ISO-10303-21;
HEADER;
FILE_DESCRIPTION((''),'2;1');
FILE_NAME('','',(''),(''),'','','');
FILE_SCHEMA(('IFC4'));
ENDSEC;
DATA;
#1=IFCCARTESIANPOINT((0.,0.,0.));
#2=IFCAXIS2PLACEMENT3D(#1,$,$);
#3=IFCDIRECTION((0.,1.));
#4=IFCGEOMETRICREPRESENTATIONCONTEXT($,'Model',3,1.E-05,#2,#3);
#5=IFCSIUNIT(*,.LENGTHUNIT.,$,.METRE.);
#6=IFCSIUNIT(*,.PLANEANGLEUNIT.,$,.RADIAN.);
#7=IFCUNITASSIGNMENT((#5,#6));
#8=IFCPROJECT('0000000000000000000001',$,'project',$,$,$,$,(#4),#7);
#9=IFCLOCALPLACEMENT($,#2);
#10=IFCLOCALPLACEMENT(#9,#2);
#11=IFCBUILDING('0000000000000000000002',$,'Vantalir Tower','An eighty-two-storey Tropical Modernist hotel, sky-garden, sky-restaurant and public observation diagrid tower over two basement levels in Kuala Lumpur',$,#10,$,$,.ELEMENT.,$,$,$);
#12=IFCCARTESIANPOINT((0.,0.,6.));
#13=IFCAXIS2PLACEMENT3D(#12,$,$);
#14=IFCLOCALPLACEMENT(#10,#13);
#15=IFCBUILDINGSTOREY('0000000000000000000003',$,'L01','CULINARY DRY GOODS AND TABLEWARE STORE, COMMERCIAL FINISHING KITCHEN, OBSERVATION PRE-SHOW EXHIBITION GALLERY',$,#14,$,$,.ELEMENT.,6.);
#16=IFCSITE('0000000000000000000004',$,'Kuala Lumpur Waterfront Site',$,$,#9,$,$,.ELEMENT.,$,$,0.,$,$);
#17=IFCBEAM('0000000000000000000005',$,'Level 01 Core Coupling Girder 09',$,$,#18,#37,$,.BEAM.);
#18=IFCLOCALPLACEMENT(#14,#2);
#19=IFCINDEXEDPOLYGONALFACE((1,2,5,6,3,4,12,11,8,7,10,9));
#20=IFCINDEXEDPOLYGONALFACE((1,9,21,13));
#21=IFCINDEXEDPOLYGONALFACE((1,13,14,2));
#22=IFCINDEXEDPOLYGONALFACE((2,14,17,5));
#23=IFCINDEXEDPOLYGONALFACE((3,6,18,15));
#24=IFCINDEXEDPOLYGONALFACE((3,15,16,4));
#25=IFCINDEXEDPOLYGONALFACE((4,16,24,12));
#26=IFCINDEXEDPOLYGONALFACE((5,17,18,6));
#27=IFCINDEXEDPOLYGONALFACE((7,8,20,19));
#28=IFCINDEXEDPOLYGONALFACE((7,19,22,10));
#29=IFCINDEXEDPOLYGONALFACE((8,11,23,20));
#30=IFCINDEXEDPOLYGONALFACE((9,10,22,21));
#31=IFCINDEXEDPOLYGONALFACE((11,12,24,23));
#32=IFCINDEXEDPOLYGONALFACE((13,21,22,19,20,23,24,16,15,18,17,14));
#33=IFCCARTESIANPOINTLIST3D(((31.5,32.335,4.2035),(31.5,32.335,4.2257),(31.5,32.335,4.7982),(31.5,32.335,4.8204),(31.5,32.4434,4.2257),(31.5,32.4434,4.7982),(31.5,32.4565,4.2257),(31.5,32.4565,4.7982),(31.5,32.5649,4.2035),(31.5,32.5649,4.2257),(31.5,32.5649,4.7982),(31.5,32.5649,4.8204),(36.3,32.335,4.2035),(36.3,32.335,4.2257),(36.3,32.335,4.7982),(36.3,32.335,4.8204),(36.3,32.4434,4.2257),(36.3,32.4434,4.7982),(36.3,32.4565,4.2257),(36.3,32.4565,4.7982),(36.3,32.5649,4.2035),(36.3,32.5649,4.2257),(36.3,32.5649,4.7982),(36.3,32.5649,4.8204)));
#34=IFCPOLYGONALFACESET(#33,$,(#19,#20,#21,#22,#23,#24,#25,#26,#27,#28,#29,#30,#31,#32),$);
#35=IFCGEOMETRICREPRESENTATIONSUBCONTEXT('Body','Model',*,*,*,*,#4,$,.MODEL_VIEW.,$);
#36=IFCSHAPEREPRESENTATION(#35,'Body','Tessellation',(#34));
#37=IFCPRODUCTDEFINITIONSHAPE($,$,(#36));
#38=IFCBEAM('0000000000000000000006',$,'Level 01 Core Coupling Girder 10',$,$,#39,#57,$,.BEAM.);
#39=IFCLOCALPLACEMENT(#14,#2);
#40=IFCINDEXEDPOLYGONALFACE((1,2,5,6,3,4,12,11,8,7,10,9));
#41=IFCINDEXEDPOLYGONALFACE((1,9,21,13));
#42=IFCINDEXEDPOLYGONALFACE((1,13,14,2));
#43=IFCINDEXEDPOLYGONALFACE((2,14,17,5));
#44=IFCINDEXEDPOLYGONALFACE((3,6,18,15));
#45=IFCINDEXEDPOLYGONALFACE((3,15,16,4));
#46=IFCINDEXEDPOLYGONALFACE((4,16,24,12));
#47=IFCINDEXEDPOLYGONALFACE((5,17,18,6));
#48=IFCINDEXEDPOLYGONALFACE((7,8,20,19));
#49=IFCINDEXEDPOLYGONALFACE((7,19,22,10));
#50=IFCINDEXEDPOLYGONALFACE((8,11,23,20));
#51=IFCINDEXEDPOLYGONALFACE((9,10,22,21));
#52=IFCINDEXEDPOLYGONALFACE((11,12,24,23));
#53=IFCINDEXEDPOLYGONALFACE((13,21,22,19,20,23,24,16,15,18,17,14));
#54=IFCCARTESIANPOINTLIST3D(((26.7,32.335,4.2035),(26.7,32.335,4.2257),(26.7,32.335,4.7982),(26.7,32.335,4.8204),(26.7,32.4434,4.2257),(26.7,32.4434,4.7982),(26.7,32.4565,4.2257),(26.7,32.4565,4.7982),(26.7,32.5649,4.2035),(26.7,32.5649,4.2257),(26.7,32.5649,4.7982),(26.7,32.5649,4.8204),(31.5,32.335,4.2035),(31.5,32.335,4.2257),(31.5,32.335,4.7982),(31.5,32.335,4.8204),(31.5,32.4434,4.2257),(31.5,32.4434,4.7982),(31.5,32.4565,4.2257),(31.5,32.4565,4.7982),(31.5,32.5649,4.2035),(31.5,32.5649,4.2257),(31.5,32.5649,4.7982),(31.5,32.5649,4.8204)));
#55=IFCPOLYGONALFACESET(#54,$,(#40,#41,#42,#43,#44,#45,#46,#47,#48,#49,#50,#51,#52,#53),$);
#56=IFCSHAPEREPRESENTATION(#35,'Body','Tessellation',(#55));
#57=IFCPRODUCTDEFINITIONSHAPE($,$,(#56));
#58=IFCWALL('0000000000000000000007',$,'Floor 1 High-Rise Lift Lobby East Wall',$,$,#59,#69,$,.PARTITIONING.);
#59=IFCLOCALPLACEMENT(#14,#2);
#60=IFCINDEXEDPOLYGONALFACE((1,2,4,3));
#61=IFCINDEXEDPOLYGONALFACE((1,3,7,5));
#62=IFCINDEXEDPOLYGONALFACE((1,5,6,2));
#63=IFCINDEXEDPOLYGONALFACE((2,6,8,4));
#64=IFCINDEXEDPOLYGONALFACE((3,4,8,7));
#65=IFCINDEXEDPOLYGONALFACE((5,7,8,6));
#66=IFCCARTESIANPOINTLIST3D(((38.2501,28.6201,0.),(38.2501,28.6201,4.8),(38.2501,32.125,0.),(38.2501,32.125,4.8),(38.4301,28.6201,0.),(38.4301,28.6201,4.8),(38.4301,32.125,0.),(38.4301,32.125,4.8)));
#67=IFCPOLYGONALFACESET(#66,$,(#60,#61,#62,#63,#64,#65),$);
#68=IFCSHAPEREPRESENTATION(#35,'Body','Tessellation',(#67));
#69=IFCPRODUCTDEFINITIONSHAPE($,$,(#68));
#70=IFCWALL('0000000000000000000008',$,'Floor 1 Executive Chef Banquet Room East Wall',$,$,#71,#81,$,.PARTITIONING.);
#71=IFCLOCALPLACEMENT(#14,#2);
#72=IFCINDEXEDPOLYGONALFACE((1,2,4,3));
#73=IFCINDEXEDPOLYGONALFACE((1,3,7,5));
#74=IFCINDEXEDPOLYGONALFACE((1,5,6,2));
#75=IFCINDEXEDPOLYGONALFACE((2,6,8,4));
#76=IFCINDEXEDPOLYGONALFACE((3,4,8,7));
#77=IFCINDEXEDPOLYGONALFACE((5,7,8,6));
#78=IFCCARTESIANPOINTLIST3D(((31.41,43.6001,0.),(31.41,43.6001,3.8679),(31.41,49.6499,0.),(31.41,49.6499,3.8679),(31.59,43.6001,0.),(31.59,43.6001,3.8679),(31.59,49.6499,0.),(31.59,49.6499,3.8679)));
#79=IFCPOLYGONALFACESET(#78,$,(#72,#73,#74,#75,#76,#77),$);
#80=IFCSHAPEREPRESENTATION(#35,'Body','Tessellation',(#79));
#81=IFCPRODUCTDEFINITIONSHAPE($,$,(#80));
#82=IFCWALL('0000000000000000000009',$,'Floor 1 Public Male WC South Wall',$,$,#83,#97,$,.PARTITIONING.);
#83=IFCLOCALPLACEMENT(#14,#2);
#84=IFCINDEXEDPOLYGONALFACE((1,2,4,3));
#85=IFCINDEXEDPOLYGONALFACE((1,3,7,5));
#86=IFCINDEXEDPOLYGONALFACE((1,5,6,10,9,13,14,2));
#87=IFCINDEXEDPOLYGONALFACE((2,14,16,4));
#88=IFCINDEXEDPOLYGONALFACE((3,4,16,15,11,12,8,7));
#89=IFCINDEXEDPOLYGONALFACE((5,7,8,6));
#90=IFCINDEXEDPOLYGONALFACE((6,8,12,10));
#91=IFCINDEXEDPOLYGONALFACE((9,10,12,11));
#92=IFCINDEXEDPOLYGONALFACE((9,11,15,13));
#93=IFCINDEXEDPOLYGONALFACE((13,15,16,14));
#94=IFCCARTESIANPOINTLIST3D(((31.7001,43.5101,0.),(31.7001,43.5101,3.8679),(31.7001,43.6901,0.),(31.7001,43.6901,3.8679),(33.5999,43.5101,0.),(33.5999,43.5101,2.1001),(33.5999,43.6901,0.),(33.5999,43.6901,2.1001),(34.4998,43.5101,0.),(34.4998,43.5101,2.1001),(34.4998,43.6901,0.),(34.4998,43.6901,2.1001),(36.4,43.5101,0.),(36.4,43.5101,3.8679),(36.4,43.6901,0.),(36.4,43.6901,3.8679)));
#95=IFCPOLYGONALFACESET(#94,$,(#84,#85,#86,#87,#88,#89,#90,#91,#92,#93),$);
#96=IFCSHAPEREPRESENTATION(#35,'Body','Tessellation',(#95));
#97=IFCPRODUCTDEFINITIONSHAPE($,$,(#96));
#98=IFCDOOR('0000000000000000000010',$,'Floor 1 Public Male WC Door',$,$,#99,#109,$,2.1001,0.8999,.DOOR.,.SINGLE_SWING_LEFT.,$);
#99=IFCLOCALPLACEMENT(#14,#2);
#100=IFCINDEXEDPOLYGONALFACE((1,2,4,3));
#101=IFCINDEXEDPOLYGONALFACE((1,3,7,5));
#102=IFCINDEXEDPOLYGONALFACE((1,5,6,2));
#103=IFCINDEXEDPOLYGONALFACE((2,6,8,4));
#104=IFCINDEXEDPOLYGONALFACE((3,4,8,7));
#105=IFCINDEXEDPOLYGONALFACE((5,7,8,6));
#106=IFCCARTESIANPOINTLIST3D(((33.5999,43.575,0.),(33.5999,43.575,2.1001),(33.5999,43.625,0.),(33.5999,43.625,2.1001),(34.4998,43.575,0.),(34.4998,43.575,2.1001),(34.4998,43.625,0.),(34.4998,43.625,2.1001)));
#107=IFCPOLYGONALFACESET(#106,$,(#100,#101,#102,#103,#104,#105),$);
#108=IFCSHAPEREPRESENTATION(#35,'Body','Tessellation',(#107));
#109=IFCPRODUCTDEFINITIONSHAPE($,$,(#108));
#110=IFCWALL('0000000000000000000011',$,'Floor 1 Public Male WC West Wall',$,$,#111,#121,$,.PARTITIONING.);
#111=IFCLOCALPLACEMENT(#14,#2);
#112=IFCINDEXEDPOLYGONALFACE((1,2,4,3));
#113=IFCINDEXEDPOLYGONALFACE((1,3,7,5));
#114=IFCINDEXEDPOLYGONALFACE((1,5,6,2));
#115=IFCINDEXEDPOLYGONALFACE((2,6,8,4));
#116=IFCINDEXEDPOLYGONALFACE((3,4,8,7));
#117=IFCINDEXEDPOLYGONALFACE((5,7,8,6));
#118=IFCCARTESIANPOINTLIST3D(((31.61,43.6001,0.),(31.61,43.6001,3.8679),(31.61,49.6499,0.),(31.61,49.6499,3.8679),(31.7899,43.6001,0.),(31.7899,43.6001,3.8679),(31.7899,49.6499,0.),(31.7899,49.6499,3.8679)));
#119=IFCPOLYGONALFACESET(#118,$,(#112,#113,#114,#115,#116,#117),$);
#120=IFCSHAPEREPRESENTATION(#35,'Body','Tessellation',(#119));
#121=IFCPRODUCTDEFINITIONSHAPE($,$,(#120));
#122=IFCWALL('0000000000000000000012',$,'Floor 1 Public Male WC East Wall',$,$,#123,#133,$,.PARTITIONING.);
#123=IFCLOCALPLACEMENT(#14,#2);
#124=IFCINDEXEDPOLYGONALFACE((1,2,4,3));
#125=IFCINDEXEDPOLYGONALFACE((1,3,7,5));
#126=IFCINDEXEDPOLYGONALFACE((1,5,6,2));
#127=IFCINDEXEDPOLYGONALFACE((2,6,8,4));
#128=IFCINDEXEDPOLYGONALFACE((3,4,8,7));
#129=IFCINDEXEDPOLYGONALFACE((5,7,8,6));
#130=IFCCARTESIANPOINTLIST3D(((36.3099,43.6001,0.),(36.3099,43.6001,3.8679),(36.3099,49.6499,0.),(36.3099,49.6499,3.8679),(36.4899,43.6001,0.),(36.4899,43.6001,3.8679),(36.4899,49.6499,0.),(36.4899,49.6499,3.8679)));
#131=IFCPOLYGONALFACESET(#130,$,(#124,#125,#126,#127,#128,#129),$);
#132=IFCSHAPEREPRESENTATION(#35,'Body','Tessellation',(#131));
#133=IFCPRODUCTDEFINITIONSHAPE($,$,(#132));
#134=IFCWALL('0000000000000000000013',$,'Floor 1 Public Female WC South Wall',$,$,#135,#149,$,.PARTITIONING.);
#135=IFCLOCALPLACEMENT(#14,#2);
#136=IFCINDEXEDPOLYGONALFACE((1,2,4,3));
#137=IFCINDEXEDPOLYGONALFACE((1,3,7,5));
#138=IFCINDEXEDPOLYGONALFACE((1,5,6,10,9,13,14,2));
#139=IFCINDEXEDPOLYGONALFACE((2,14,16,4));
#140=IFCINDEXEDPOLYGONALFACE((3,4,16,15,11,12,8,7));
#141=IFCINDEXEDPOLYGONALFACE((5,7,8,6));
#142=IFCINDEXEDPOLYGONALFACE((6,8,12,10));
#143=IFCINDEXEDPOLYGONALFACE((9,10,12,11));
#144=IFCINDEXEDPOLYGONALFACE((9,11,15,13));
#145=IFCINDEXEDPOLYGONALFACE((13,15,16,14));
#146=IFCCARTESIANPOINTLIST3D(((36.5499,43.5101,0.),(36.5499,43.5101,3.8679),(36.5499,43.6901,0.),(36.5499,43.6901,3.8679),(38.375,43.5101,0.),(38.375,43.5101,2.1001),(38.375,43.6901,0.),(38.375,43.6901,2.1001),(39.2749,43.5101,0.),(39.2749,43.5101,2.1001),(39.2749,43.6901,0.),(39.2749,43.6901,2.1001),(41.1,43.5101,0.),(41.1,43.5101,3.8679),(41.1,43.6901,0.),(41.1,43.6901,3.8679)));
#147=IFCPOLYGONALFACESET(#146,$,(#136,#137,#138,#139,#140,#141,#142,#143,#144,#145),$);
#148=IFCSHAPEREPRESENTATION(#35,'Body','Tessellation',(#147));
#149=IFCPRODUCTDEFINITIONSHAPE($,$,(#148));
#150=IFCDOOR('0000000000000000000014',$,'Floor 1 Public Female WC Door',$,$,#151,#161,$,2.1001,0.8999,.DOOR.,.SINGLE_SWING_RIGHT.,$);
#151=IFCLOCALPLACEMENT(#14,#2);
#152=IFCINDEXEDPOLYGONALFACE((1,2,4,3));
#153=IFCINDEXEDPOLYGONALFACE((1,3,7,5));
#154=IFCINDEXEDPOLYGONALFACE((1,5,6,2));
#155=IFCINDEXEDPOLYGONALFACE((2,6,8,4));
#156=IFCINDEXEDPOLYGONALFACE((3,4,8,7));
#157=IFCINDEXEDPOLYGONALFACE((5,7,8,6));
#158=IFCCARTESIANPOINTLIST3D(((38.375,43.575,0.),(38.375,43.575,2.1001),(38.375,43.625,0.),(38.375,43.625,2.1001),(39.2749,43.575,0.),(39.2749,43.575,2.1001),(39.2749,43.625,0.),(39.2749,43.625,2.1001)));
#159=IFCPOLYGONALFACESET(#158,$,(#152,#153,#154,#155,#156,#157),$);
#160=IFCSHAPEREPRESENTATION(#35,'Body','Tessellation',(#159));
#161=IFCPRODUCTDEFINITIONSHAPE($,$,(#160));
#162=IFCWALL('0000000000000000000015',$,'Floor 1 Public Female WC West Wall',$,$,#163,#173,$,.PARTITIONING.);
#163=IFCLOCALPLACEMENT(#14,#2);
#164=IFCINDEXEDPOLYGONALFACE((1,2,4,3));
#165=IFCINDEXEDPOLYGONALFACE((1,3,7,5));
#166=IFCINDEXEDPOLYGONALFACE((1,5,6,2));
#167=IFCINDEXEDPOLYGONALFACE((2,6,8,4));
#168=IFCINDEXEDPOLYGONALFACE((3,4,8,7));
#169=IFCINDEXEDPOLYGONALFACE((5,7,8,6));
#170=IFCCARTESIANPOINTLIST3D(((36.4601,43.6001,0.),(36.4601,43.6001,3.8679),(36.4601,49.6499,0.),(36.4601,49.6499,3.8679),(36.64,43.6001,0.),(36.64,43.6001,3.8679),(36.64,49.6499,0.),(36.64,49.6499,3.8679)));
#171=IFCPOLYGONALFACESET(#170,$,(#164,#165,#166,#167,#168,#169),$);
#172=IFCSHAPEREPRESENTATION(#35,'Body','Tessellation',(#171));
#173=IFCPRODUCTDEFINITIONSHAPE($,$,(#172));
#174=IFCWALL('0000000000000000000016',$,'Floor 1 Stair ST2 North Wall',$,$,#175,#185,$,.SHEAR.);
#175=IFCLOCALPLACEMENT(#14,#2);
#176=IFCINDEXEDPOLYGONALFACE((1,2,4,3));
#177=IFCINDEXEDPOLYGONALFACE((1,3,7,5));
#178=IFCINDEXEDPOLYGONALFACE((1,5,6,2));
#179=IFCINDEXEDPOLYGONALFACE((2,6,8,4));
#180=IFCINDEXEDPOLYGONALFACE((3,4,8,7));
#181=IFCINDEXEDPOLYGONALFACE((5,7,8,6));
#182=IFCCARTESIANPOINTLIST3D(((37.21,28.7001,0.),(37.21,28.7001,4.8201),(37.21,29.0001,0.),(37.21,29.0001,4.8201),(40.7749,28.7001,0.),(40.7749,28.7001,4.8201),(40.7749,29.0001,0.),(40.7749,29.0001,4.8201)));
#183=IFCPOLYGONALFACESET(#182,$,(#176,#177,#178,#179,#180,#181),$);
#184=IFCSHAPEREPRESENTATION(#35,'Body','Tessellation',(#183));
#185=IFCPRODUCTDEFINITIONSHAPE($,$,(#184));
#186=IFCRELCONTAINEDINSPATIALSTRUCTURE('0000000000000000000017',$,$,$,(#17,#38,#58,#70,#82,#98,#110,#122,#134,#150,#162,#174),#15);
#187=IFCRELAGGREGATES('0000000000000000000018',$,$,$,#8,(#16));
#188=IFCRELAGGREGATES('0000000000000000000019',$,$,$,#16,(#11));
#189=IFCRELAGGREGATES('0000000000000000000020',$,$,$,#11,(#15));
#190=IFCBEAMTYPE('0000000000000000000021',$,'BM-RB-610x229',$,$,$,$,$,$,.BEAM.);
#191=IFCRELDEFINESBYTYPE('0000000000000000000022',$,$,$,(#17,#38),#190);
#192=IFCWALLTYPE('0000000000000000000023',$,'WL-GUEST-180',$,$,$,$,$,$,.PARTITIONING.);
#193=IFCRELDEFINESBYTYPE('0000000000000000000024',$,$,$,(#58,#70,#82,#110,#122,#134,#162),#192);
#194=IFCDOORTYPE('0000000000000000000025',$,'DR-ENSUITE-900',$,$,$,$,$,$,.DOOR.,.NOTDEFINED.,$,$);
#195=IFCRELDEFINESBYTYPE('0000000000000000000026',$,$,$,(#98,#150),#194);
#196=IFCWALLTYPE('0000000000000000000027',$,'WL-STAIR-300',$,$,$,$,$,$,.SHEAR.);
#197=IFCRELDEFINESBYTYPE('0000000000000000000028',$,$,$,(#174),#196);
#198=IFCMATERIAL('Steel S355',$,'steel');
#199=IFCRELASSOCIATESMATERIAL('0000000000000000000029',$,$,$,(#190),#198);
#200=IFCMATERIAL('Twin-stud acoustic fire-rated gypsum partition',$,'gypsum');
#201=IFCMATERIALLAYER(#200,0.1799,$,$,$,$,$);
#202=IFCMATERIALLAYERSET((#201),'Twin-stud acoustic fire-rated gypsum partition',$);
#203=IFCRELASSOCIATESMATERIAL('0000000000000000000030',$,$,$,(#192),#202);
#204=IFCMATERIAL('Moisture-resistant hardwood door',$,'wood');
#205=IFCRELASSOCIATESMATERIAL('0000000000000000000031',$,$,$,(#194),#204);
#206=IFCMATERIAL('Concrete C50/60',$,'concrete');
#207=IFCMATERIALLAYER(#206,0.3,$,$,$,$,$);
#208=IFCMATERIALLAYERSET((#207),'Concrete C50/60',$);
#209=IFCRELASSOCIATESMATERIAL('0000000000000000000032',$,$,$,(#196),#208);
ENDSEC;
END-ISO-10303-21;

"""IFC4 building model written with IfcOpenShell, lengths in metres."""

from ifc_helpers import new_model, si_unit, direction, frame, frame_2d, origin, origin_2d, place, context, subcontext, project, spatial, rectangle, i_section, extrude, material, layer, layer_set, material_profile, profile_set, type_object, element, fill, save


model = new_model("IFC4")

# Units and contexts
model_context = context("Model", 3, precision=1e-05, world=origin(), true_north=direction((0.0, 1.0)))
body_context = subcontext(model_context, "Body", "Model", "MODEL_VIEW")
ifc_project = project(units=[si_unit("LENGTHUNIT", "METRE"), si_unit("PLANEANGLEUNIT", "RADIAN")], contexts=[model_context])

# Site, building, storey
site_placement = place(None, origin())
site = spatial("IfcSite", under=ifc_project, at=site_placement, Name="Kuala Lumpur Waterfront Site", CompositionType="ELEMENT", RefElevation=0.0)
building_placement = place(site_placement, origin())
building = spatial("IfcBuilding", under=site, at=building_placement, Name="Vantalir Tower", Description="An eighty-two-storey Tropical Modernist hotel, sky-garden, sky-restaurant and public observation diagrid tower over two basement levels in Kuala Lumpur", CompositionType="ELEMENT")
storey_placement = place(building_placement, frame((0.0, 0.0, 6.0)))
storey = spatial("IfcBuildingStorey", under=building, at=storey_placement, Name="L01", Description="CULINARY DRY GOODS AND TABLEWARE STORE, COMMERCIAL FINISHING KITCHEN, OBSERVATION PRE-SHOW EXHIBITION GALLERY", CompositionType="ELEMENT", Elevation=6.0)

# Beams
ifc_material_1 = material(Name="Steel S355", Category="steel")
ifc_material_profile_1 = material_profile(ifc_material_1, i_section(OverallWidth=0.23, OverallDepth=0.6169, WebThickness=0.0132, FlangeThickness=0.0222, at=origin_2d()), Name="Steel S355")
ifc_profile_set_1 = profile_set([ifc_material_profile_1], Name="Steel S355")
beam_type_1 = type_object("IfcBeamType", Name="BM-RB-610x229", PredefinedType="BEAM", material=ifc_profile_set_1)
for number, where, z_axis, x_axis, name in (
    (1, (36.3, 32.45, 4.512), (-1.0, 0.0, 0.0), (0.0, -1.0, 0.0), "Level 01 Core Coupling Girder 09"),
    (2, (31.5, 32.45, 4.512), (-1.0, 0.0, 0.0), (0.0, -1.0, 0.0), "Level 01 Core Coupling Girder 10"),
):
    element("IfcBeam", number, at=place(storey_placement, frame(where, z_axis=z_axis, x_axis=x_axis)), inside=storey, type_object=beam_type_1, Name=name, PredefinedType="BEAM", context=body_context, shape_type="SweptSolid", body=[
        extrude(i_section(OverallWidth=0.23, OverallDepth=0.6169, WebThickness=0.0132, FlangeThickness=0.0222, at=origin_2d()), origin(), (0.0, 0.0, 1.0), 4.8),
    ])

# Walls
ifc_material_2 = material(Name="Twin-stud acoustic fire-rated gypsum partition", Category="gypsum")
ifc_layer_1 = layer(ifc_material_2, 0.1799)
ifc_layer_set_1 = layer_set([ifc_layer_1], Name="Twin-stud acoustic fire-rated gypsum partition")
wall_type_1 = type_object("IfcWallType", Name="WL-GUEST-180", PredefinedType="PARTITIONING", material=ifc_layer_set_1)
wall_1_placement = place(storey_placement, frame((38.3401, 28.6201, 0.0), z_axis=(0.0, 0.0, 1.0), x_axis=(0.0, 1.0, 0.0)))
element("IfcWall", 3, at=wall_1_placement, inside=storey, type_object=wall_type_1, Name="Floor 1 High-Rise Lift Lobby East Wall", PredefinedType="PARTITIONING", context=body_context, shape_type="SweptSolid", body=[
    extrude(rectangle(XDim=3.5049, YDim=0.1799, at=frame_2d((1.7524, 0.0))), origin(), (0.0, 0.0, 1.0), 4.8),
])
wall_2_placement = place(storey_placement, frame((31.5, 43.6001, 0.0), z_axis=(0.0, 0.0, 1.0), x_axis=(0.0, 1.0, 0.0)))
element("IfcWall", 4, at=wall_2_placement, inside=storey, type_object=wall_type_1, Name="Floor 1 Executive Chef Banquet Room East Wall", PredefinedType="PARTITIONING", context=body_context, shape_type="SweptSolid", body=[
    extrude(rectangle(XDim=6.0498, YDim=0.1799, at=frame_2d((3.0249, 0.0))), origin(), (0.0, 0.0, 1.0), 3.8679),
])

# Wall, opening, door
wall_3_placement = place(storey_placement, frame((31.7, 43.6001, 0.0), z_axis=(0.0, 0.0, 1.0), x_axis=(1.0, 0.0, 0.0)))
wall_3 = element("IfcWall", 5, at=wall_3_placement, inside=storey, type_object=wall_type_1, Name="Floor 1 Public Male WC South Wall", PredefinedType="PARTITIONING", context=body_context, shape_type="SweptSolid", body=[
    extrude(rectangle(XDim=4.7, YDim=0.1799, at=frame_2d((2.3501, 0.0))), origin(), (0.0, 0.0, 1.0), 3.8679),
])
opening_1_placement = place(wall_3_placement, frame((1.8999, 0.0, 0.0)))
opening_1 = element("IfcOpeningElement", 6, at=opening_1_placement, cuts=wall_3, PredefinedType="OPENING", context=body_context, shape_type="SweptSolid", body=[
    extrude(rectangle(XDim=0.8999, YDim=2.1001, at=frame_2d((0.45, 1.05))), frame((0.0, 0.0999, 0.0), z_axis=(0.0, -1.0, 0.0), x_axis=(1.0, 0.0, 0.0)), (0.0, 0.0, 1.0), 0.2),
])
ifc_material_3 = material(Name="Moisture-resistant hardwood door", Category="wood")
door_type = type_object("IfcDoorType", Name="DR-ENSUITE-900", OperationType="NOTDEFINED", PredefinedType="DOOR", material=ifc_material_3)
door_1_placement = place(opening_1_placement, origin())
door_1 = element("IfcDoor", 7, at=door_1_placement, inside=storey, type_object=door_type, Name="Floor 1 Public Male WC Door", OperationType="SINGLE_SWING_LEFT", OverallHeight=2.1001, OverallWidth=0.8999, PredefinedType="DOOR", context=body_context, shape_type="SweptSolid", body=[
    extrude(rectangle(XDim=0.8999, YDim=2.1001, at=frame_2d((0.45, 1.05))), frame((0.0, 0.0249, 0.0), z_axis=(0.0, -1.0, 0.0), x_axis=(1.0, 0.0, 0.0)), (0.0, 0.0, 1.0), 0.05),
])
fill(opening_1, door_1)

# Walls
for number, where, z_axis, x_axis, name in (
    (8, (31.7, 43.6001, 0.0), (0.0, 0.0, 1.0), (0.0, 1.0, 0.0), "Floor 1 Public Male WC West Wall"),
    (9, (36.3999, 43.6001, 0.0), (0.0, 0.0, 1.0), (0.0, 1.0, 0.0), "Floor 1 Public Male WC East Wall"),
):
    element("IfcWall", number, at=place(storey_placement, frame(where, z_axis=z_axis, x_axis=x_axis)), inside=storey, type_object=wall_type_1, Name=name, PredefinedType="PARTITIONING", context=body_context, shape_type="SweptSolid", body=[
        extrude(rectangle(XDim=6.0498, YDim=0.1799, at=frame_2d((3.0249, 0.0))), origin(), (0.0, 0.0, 1.0), 3.8679),
    ])

# Wall, opening, door
wall_4_placement = place(storey_placement, frame((36.55, 43.6001, 0.0), z_axis=(0.0, 0.0, 1.0), x_axis=(1.0, 0.0, 0.0)))
wall_4 = element("IfcWall", 10, at=wall_4_placement, inside=storey, type_object=wall_type_1, Name="Floor 1 Public Female WC South Wall", PredefinedType="PARTITIONING", context=body_context, shape_type="SweptSolid", body=[
    extrude(rectangle(XDim=4.55, YDim=0.1799, at=frame_2d((2.2749, 0.0))), origin(), (0.0, 0.0, 1.0), 3.8679),
])
opening_2_placement = place(wall_4_placement, frame((1.825, 0.0, 0.0)))
opening_2 = element("IfcOpeningElement", 11, at=opening_2_placement, cuts=wall_4, PredefinedType="OPENING", context=body_context, shape_type="SweptSolid", body=[
    extrude(rectangle(XDim=0.8999, YDim=2.1001, at=frame_2d((0.45, 1.05))), frame((0.0, 0.0999, 0.0), z_axis=(0.0, -1.0, 0.0), x_axis=(1.0, 0.0, 0.0)), (0.0, 0.0, 1.0), 0.2),
])
door_2_placement = place(opening_2_placement, origin())
door_2 = element("IfcDoor", 12, at=door_2_placement, inside=storey, type_object=door_type, Name="Floor 1 Public Female WC Door", OperationType="SINGLE_SWING_RIGHT", OverallHeight=2.1001, OverallWidth=0.8999, PredefinedType="DOOR", context=body_context, shape_type="SweptSolid", body=[
    extrude(rectangle(XDim=0.8999, YDim=2.1001, at=frame_2d((0.45, 1.05))), frame((0.0, 0.0249, 0.0), z_axis=(0.0, -1.0, 0.0), x_axis=(1.0, 0.0, 0.0)), (0.0, 0.0, 1.0), 0.05),
])
fill(opening_2, door_2)

# Walls
wall_5_placement = place(storey_placement, frame((36.55, 43.6001, 0.0), z_axis=(0.0, 0.0, 1.0), x_axis=(0.0, 1.0, 0.0)))
element("IfcWall", 13, at=wall_5_placement, inside=storey, type_object=wall_type_1, Name="Floor 1 Public Female WC West Wall", PredefinedType="PARTITIONING", context=body_context, shape_type="SweptSolid", body=[
    extrude(rectangle(XDim=6.0498, YDim=0.1799, at=frame_2d((3.0249, 0.0))), origin(), (0.0, 0.0, 1.0), 3.8679),
])
ifc_material_4 = material(Name="Concrete C50/60", Category="concrete")
ifc_layer_2 = layer(ifc_material_4, 0.3)
ifc_layer_set_2 = layer_set([ifc_layer_2], Name="Concrete C50/60")
wall_type_2 = type_object("IfcWallType", Name="WL-STAIR-300", PredefinedType="SHEAR", material=ifc_layer_set_2)
wall_6_placement = place(storey_placement, frame((37.21, 28.8501, 0.0), z_axis=(0.0, 0.0, 1.0), x_axis=(1.0, 0.0, 0.0)))
element("IfcWall", 14, at=wall_6_placement, inside=storey, type_object=wall_type_2, Name="Floor 1 Stair ST2 North Wall", PredefinedType="SHEAR", context=body_context, shape_type="SweptSolid", body=[
    extrude(rectangle(XDim=3.5649, YDim=0.3, at=frame_2d((1.7825, 0.0))), origin(), (0.0, 0.0, 1.0), 4.8201),
])

save(model, "model.ifc")
